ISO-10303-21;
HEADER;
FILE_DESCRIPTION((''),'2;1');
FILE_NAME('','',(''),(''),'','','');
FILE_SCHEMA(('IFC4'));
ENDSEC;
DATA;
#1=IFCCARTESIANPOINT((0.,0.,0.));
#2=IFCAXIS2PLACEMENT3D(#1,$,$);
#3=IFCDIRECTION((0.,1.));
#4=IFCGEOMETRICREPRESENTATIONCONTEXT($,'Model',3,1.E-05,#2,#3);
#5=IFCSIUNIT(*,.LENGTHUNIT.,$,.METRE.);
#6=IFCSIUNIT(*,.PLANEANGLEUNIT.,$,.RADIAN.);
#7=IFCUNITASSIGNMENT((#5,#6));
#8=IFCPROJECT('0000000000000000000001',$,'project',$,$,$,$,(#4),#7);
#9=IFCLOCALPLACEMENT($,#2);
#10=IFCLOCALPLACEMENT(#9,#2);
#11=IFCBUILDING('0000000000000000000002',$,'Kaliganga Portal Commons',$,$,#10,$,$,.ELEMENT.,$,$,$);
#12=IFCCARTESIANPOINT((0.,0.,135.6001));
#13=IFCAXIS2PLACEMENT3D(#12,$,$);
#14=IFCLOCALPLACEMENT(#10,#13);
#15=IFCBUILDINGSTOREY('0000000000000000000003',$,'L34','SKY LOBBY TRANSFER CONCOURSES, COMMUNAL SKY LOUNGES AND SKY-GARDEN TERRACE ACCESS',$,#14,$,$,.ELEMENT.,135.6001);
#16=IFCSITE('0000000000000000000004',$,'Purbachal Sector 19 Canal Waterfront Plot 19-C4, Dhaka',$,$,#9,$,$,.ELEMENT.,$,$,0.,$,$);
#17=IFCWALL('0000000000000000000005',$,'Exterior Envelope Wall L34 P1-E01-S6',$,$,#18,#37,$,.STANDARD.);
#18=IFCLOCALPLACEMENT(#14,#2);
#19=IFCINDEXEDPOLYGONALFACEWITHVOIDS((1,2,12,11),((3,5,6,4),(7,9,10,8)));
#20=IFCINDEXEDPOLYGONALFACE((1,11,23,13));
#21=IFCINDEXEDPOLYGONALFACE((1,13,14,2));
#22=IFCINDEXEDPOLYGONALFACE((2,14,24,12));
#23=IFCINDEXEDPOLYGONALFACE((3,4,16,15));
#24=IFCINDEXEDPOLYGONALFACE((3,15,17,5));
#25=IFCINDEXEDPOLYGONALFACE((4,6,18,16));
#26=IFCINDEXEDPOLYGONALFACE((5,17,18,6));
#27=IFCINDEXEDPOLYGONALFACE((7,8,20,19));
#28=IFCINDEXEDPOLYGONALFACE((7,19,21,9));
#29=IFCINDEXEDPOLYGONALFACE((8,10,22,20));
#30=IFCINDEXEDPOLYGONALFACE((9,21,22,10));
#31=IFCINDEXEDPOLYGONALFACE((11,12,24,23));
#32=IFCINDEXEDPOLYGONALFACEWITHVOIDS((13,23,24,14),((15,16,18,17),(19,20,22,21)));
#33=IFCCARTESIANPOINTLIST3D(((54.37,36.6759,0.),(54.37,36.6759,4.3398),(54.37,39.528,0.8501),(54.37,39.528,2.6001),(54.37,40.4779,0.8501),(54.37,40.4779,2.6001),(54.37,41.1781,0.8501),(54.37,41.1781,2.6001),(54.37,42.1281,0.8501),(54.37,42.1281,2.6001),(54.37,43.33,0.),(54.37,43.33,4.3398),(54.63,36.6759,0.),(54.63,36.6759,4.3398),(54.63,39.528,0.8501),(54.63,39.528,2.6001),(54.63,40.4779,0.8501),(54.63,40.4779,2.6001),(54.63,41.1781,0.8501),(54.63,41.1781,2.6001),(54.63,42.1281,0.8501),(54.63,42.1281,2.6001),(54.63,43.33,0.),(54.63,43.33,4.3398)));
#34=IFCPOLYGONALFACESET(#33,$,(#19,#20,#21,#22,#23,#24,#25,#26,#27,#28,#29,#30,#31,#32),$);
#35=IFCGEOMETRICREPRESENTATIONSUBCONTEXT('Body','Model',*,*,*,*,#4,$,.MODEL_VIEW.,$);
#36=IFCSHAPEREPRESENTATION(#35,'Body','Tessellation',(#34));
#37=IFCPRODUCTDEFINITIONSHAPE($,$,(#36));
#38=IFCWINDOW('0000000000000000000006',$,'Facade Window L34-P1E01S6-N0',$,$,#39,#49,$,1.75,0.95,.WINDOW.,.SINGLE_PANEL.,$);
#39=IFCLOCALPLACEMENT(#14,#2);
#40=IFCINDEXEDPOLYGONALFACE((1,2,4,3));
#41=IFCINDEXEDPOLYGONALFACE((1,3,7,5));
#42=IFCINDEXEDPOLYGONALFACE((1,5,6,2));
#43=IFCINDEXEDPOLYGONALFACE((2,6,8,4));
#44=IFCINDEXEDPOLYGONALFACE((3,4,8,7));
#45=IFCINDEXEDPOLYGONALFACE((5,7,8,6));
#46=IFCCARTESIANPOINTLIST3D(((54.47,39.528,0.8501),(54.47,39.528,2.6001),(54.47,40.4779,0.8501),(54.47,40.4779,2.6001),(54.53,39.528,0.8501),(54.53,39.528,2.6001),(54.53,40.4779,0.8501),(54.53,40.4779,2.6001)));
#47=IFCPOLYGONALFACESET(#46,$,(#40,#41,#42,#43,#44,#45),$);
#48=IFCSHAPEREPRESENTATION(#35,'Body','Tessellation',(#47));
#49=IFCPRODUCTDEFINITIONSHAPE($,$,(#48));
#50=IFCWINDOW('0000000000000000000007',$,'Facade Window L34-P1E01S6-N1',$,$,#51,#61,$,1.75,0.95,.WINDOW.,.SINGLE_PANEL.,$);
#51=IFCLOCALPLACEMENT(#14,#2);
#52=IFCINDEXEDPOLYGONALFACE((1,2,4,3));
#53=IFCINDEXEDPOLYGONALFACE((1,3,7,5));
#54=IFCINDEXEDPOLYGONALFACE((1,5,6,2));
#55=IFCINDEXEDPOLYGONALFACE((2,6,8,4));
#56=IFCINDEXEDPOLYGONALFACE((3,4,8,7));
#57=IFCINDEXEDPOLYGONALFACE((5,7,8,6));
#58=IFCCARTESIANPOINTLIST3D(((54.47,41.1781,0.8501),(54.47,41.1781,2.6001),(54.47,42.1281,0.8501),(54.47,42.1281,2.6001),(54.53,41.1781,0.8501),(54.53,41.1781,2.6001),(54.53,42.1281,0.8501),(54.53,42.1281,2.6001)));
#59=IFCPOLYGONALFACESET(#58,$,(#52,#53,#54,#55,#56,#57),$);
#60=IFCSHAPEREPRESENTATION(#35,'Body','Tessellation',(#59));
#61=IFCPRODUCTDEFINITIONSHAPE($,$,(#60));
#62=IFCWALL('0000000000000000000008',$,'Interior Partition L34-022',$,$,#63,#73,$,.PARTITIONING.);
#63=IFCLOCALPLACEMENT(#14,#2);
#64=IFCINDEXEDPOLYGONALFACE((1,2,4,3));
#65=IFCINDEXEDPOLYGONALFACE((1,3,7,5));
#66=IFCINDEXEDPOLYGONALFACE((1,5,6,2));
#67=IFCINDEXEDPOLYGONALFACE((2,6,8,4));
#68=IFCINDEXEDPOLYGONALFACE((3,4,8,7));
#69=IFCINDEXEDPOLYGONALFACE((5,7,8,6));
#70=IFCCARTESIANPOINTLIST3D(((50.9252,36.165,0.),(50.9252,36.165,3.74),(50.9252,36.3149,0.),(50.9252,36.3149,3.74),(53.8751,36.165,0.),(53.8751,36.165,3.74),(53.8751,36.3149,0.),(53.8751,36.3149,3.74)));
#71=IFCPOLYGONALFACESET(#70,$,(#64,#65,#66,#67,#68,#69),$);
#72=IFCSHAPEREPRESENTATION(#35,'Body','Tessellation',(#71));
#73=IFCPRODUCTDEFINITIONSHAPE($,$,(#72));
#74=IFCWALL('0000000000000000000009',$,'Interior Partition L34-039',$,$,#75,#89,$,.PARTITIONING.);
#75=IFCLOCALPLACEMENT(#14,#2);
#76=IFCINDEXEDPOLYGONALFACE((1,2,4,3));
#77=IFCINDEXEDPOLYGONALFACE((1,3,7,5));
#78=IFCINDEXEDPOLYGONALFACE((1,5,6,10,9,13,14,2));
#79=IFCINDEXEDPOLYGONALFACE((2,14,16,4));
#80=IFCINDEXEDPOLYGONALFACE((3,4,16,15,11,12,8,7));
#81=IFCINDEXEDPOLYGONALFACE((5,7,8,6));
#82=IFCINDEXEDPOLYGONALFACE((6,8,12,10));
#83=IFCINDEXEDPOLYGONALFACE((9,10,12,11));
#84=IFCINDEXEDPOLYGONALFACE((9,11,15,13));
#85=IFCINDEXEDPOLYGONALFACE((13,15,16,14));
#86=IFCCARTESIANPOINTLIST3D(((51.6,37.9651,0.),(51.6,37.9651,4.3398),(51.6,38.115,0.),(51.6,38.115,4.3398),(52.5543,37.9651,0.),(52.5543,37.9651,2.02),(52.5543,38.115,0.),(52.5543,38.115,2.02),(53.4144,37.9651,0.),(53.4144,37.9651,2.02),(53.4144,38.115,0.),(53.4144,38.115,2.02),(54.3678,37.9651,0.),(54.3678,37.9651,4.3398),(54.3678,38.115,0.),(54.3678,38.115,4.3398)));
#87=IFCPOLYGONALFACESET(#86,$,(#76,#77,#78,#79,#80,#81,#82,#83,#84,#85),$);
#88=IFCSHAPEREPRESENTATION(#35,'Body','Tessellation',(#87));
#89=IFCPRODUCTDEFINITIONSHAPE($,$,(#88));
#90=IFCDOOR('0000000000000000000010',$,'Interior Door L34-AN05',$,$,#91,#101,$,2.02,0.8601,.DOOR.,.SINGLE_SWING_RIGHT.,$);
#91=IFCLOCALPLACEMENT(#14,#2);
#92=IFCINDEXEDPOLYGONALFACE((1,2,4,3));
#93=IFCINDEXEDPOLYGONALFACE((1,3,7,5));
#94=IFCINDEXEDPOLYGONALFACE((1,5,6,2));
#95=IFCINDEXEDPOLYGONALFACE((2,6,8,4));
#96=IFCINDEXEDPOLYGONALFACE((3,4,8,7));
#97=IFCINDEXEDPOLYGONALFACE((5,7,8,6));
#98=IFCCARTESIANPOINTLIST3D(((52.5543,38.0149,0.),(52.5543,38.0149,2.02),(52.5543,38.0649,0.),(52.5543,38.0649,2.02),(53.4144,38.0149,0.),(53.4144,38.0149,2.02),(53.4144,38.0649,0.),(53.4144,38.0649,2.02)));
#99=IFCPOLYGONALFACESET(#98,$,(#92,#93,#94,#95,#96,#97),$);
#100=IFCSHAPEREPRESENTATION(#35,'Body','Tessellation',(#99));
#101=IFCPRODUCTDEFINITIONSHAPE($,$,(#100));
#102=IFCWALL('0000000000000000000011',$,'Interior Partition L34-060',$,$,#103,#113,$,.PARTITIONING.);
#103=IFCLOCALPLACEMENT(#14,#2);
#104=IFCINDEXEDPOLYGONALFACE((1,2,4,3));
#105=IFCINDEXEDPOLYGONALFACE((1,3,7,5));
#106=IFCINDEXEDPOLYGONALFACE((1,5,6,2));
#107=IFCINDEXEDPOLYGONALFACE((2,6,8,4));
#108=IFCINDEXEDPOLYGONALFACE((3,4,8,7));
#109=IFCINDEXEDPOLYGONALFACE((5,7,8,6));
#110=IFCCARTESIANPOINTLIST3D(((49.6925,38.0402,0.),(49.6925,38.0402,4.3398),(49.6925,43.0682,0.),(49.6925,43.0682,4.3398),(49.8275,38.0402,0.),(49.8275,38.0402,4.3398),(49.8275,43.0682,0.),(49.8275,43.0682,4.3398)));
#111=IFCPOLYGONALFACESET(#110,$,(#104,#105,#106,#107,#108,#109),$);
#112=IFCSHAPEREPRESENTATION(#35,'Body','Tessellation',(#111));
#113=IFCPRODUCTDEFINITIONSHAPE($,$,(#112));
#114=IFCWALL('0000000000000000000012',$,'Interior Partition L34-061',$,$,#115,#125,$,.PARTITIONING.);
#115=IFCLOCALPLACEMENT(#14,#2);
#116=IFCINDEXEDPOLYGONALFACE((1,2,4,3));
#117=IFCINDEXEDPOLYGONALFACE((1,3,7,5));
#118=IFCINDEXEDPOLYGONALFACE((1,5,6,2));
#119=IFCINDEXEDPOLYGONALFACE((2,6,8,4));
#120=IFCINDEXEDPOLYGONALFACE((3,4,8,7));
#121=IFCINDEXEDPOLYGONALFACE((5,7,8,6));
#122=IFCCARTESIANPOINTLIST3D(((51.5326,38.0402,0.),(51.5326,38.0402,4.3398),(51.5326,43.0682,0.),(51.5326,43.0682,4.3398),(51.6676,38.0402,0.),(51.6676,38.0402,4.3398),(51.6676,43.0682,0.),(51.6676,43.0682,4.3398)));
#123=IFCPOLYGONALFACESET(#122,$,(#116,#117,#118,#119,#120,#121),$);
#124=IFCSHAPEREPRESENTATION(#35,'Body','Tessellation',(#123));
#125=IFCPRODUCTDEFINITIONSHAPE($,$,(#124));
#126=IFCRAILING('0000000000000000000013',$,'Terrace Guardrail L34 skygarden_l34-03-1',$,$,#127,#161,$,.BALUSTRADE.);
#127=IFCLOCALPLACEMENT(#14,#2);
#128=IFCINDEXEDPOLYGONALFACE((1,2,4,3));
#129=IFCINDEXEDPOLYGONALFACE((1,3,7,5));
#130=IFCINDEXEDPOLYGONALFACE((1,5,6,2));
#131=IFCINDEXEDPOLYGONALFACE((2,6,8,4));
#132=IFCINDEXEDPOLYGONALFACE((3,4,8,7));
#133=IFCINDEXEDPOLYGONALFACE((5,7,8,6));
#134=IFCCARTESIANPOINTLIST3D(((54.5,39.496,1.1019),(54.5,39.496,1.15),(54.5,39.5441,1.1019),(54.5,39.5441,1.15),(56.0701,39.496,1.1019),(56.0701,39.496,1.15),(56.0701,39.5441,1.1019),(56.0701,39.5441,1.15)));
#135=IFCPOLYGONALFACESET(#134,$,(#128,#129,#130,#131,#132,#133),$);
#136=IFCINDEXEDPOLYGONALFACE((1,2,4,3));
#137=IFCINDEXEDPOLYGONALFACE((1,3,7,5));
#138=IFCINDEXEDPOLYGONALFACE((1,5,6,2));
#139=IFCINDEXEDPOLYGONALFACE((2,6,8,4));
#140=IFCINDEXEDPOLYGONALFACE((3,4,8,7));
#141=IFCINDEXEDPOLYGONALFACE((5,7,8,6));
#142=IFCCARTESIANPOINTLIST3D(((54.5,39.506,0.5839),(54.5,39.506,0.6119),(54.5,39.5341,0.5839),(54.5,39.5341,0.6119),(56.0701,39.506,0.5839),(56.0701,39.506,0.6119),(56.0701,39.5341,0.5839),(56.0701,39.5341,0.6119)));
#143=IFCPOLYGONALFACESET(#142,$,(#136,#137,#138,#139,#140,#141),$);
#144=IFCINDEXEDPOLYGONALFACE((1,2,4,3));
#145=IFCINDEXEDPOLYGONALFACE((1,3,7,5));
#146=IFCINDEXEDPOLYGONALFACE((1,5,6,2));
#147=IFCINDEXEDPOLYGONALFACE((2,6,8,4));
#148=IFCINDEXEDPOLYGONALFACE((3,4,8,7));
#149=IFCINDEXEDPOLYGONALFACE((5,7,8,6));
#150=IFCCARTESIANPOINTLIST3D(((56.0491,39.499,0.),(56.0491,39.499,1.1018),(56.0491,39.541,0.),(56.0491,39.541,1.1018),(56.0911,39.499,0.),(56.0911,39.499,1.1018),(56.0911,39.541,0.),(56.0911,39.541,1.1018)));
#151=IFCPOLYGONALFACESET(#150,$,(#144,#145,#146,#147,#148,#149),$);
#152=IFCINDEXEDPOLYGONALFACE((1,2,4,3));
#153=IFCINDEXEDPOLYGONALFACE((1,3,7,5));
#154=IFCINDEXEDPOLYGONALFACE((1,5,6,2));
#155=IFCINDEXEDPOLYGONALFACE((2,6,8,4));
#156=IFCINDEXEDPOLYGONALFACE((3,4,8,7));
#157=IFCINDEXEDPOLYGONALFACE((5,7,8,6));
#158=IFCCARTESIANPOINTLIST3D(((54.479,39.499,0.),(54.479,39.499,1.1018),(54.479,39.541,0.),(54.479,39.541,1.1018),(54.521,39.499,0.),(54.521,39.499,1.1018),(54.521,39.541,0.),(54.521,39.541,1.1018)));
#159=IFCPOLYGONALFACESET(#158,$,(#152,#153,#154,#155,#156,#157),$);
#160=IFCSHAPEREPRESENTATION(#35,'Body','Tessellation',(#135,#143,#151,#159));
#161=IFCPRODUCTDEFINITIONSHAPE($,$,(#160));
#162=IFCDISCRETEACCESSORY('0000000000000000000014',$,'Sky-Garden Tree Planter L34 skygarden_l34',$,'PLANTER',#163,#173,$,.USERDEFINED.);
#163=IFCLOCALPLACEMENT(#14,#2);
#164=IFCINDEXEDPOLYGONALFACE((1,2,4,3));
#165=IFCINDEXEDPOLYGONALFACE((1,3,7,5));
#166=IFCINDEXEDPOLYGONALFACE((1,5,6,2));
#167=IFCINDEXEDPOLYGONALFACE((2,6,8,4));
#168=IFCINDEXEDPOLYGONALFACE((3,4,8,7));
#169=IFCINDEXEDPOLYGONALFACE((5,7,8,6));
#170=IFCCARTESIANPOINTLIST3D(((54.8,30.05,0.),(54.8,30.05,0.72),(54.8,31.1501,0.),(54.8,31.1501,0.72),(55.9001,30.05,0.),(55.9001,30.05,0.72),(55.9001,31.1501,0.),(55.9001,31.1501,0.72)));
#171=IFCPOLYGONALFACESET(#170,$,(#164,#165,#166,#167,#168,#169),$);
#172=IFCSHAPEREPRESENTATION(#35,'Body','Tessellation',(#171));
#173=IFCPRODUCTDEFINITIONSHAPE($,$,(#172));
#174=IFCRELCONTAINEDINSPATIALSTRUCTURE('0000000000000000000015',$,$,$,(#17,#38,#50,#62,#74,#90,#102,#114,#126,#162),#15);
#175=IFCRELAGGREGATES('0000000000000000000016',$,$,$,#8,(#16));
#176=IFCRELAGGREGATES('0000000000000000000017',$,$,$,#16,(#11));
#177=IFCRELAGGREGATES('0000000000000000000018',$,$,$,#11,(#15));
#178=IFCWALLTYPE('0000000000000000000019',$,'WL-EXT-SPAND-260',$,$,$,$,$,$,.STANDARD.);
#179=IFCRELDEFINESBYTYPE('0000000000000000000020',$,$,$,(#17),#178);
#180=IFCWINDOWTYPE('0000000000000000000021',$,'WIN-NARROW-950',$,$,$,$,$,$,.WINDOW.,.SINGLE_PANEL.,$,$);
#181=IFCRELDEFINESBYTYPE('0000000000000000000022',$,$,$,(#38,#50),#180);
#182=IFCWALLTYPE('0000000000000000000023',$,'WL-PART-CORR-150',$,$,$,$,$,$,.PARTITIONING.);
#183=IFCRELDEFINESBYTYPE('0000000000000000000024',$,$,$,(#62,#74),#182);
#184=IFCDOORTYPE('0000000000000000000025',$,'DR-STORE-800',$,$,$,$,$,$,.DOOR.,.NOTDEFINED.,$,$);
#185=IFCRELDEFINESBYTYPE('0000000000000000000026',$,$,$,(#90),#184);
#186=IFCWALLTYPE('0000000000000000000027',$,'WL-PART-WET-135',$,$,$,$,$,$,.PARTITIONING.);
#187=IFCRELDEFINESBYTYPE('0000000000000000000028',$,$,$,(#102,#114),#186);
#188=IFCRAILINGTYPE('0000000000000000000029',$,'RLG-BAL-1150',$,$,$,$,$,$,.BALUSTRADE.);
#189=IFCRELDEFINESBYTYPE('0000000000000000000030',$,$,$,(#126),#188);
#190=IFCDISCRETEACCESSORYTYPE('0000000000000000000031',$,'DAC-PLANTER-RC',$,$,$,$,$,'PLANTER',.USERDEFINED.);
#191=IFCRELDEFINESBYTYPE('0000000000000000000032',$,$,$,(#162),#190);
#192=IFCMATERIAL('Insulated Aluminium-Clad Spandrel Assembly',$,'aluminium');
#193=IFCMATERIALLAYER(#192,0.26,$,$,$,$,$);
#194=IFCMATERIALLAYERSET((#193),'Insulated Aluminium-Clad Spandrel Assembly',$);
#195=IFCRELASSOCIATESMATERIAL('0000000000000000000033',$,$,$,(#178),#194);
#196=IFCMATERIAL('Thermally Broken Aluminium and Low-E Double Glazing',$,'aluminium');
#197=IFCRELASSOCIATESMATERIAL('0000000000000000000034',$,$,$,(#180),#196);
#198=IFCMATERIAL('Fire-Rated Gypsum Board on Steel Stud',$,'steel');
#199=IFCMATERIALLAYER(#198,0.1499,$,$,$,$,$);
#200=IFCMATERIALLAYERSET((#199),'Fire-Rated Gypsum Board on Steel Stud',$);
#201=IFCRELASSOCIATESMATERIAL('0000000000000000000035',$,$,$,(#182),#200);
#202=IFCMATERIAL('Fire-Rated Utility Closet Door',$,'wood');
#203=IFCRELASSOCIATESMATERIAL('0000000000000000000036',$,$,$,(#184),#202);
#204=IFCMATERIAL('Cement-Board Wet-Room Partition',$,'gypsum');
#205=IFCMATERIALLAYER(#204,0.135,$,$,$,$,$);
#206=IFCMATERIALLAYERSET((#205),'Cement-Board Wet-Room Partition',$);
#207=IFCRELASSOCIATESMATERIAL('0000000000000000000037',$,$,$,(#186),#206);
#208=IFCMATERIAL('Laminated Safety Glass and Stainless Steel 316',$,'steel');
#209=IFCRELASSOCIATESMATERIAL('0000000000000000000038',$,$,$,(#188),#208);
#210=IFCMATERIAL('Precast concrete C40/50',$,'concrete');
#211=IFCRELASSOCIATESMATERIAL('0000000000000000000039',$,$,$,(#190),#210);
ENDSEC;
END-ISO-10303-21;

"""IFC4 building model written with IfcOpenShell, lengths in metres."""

from ifc_helpers import new_model, si_unit, direction, frame, frame_2d, origin, origin_2d, place, context, subcontext, project, spatial, rectangle, extrude, source, transform, mapped, material, layer, layer_set, type_object, element, fill, save


model = new_model("IFC4")

# Units and contexts
model_context = context("Model", 3, precision=1e-05, world=origin(), true_north=direction((0.0, 1.0)))
body_context = subcontext(model_context, "Body", "Model", "MODEL_VIEW")
ifc_project = project(units=[si_unit("LENGTHUNIT", "METRE"), si_unit("PLANEANGLEUNIT", "RADIAN")], contexts=[model_context])

# Site, building, storey
site_placement = place(None, origin())
site = spatial("IfcSite", under=ifc_project, at=site_placement, Name="Purbachal Sector 19 Canal Waterfront Plot 19-C4, Dhaka", CompositionType="ELEMENT", RefElevation=0.0)
building_placement = place(site_placement, origin())
building = spatial("IfcBuilding", under=site, at=building_placement, Name="Kaliganga Portal Commons", CompositionType="ELEMENT")
storey_placement = place(building_placement, frame((0.0, 0.0, 135.6001)))
storey = spatial("IfcBuildingStorey", under=building, at=storey_placement, Name="L34", Description="SKY LOBBY TRANSFER CONCOURSES, COMMUNAL SKY LOUNGES AND SKY-GARDEN TERRACE ACCESS", CompositionType="ELEMENT", Elevation=135.6001)

# Wall, openings, windows
ifc_material_1 = material(Name="Insulated Aluminium-Clad Spandrel Assembly", Category="aluminium")
ifc_layer_1 = layer(ifc_material_1, 0.26)
ifc_layer_set_1 = layer_set([ifc_layer_1], Name="Insulated Aluminium-Clad Spandrel Assembly")
wall_type_1 = type_object("IfcWallType", Name="WL-EXT-SPAND-260", PredefinedType="STANDARD", material=ifc_layer_set_1)
ifc_material_2 = material(Name="Thermally Broken Aluminium and Low-E Double Glazing", Category="aluminium")
window_type = type_object("IfcWindowType", Name="WIN-NARROW-950", PartitioningType="SINGLE_PANEL", PredefinedType="WINDOW", material=ifc_material_2)
wall_1_placement = place(storey_placement, frame((54.5, 43.3301, 0.0), z_axis=(0.0, 0.0, 1.0), x_axis=(0.0, -1.0, 0.0)))
wall_1 = element("IfcWall", 1, at=wall_1_placement, inside=storey, type_object=wall_type_1, Name="Exterior Envelope Wall L34 P1-E01-S6", PredefinedType="STANDARD", context=body_context, shape_type="SweptSolid", body=[
    extrude(rectangle(XDim=6.6541, YDim=0.26, at=frame_2d((3.3271, 0.0))), origin(), (0.0, 0.0, 1.0), 4.3398),
])
opening_1_placement = place(wall_1_placement, frame((2.8521, 0.0, 0.8501)))
opening_1 = element("IfcOpeningElement", 2, at=opening_1_placement, cuts=wall_1, PredefinedType="OPENING", context=body_context, shape_type="SweptSolid", body=[
    extrude(rectangle(XDim=0.95, YDim=1.75, at=frame_2d((0.4751, 0.875))), frame((0.0, 0.1401, 0.0), z_axis=(0.0, -1.0, 0.0), x_axis=(1.0, 0.0, 0.0)), (0.0, 0.0, 1.0), 0.28),
])
opening_2_placement = place(wall_1_placement, frame((1.2019, 0.0, 0.8501)))
opening_2 = element("IfcOpeningElement", 3, at=opening_2_placement, cuts=wall_1, PredefinedType="OPENING", context=body_context, shape_type="SweptSolid", body=[
    extrude(rectangle(XDim=0.95, YDim=1.75, at=frame_2d((0.4751, 0.875))), frame((0.0, 0.1401, 0.0), z_axis=(0.0, -1.0, 0.0), x_axis=(1.0, 0.0, 0.0)), (0.0, 0.0, 1.0), 0.28),
])
window_1_placement = place(opening_1_placement, origin())
window_1 = element("IfcWindow", 4, at=window_1_placement, inside=storey, type_object=window_type, Name="Facade Window L34-P1E01S6-N0", OverallHeight=1.75, OverallWidth=0.95, PartitioningType="SINGLE_PANEL", PredefinedType="WINDOW", context=body_context, shape_type="SweptSolid", body=[
    extrude(rectangle(XDim=0.95, YDim=1.75, at=frame_2d((0.4751, 0.875))), frame((0.0, 0.03, 0.0), z_axis=(0.0, -1.0, 0.0), x_axis=(1.0, 0.0, 0.0)), (0.0, 0.0, 1.0), 0.0601),
])
fill(opening_1, window_1)
window_2_placement = place(opening_2_placement, origin())
window_2 = element("IfcWindow", 5, at=window_2_placement, inside=storey, type_object=window_type, Name="Facade Window L34-P1E01S6-N1", OverallHeight=1.75, OverallWidth=0.95, PartitioningType="SINGLE_PANEL", PredefinedType="WINDOW", context=body_context, shape_type="SweptSolid", body=[
    extrude(rectangle(XDim=0.95, YDim=1.75, at=frame_2d((0.4751, 0.875))), frame((0.0, 0.03, 0.0), z_axis=(0.0, -1.0, 0.0), x_axis=(1.0, 0.0, 0.0)), (0.0, 0.0, 1.0), 0.0601),
])
fill(opening_2, window_2)

# Shared definitions
ifc_material_3 = material(Name="Fire-Rated Gypsum Board on Steel Stud", Category="steel")
ifc_layer_2 = layer(ifc_material_3, 0.1499)
ifc_layer_set_2 = layer_set([ifc_layer_2], Name="Fire-Rated Gypsum Board on Steel Stud")
wall_type_2 = type_object("IfcWallType", Name="WL-PART-CORR-150", PredefinedType="PARTITIONING", material=ifc_layer_set_2)

# Wall
wall_2_placement = place(storey_placement, frame((50.925, 36.24, 0.0), z_axis=(0.0, 0.0, 1.0), x_axis=(1.0, 0.0, 0.0)))
element("IfcWall", 6, at=wall_2_placement, inside=storey, type_object=wall_type_2, Name="Interior Partition L34-022", PredefinedType="PARTITIONING", context=body_context, shape_type="SweptSolid", body=[
    extrude(rectangle(XDim=2.95, YDim=0.1499, at=frame_2d((1.4751, 0.0))), origin(), (0.0, 0.0, 1.0), 3.74),
])

# Wall, opening, door
wall_3_placement = place(storey_placement, frame((51.6001, 38.04, 0.0), z_axis=(0.0, 0.0, 1.0), x_axis=(1.0, 0.0, 0.0)))
wall_3 = element("IfcWall", 7, at=wall_3_placement, inside=storey, type_object=wall_type_2, Name="Interior Partition L34-039", PredefinedType="PARTITIONING", context=body_context, shape_type="SweptSolid", body=[
    extrude(rectangle(XDim=2.7678, YDim=0.1499, at=frame_2d((1.3838, 0.0))), origin(), (0.0, 0.0, 1.0), 4.3398),
])
opening_3_placement = place(wall_3_placement, frame((0.9541, 0.0, 0.0)))
opening_3 = element("IfcOpeningElement", 8, at=opening_3_placement, cuts=wall_3, PredefinedType="OPENING", context=body_context, shape_type="SweptSolid", body=[
    extrude(rectangle(XDim=0.8601, YDim=2.02, at=frame_2d((0.4302, 1.01))), frame((0.0, 0.085, 0.0), z_axis=(0.0, -1.0, 0.0), x_axis=(1.0, 0.0, 0.0)), (0.0, 0.0, 1.0), 0.1699),
])
ifc_material_4 = material(Name="Fire-Rated Utility Closet Door", Category="wood")
door_type_1 = type_object("IfcDoorType", Name="DR-STORE-800", OperationType="NOTDEFINED", PredefinedType="DOOR", material=ifc_material_4)
door_1_placement = place(opening_3_placement, origin())
door_1 = element("IfcDoor", 9, at=door_1_placement, inside=storey, type_object=door_type_1, Name="Interior Door L34-AN05", OperationType="SINGLE_SWING_RIGHT", OverallHeight=2.02, OverallWidth=0.8601, PredefinedType="DOOR", context=body_context, shape_type="SweptSolid", body=[
    extrude(rectangle(XDim=0.8601, YDim=2.02, at=frame_2d((0.4302, 1.01))), frame((0.0, 0.0249, 0.0), z_axis=(0.0, -1.0, 0.0), x_axis=(1.0, 0.0, 0.0)), (0.0, 0.0, 1.0), 0.05),
])
fill(opening_3, door_1)

# Walls
ifc_material_5 = material(Name="Cement-Board Wet-Room Partition", Category="gypsum")
ifc_layer_3 = layer(ifc_material_5, 0.135)
ifc_layer_set_3 = layer_set([ifc_layer_3], Name="Cement-Board Wet-Room Partition")
wall_type_3 = type_object("IfcWallType", Name="WL-PART-WET-135", PredefinedType="PARTITIONING", material=ifc_layer_set_3)
for number, where, z_axis, x_axis, name in (
    (10, (49.76, 38.04, 0.0), (0.0, 0.0, 1.0), (0.0, 1.0, 0.0), "Interior Partition L34-060"),
    (11, (51.6001, 38.04, 0.0), (0.0, 0.0, 1.0), (0.0, 1.0, 0.0), "Interior Partition L34-061"),
):
    element("IfcWall", number, at=place(storey_placement, frame(where, z_axis=z_axis, x_axis=x_axis)), inside=storey, type_object=wall_type_3, Name=name, PredefinedType="PARTITIONING", context=body_context, shape_type="SweptSolid", body=[
        extrude(rectangle(XDim=5.0281, YDim=0.135, at=frame_2d((2.5142, 0.0))), origin(), (0.0, 0.0, 1.0), 4.3398),
    ])

# Railing
ifc_material_6 = material(Name="Laminated Safety Glass and Stainless Steel 316", Category="steel")
railing_type = type_object("IfcRailingType", Name="RLG-BAL-1150", PredefinedType="BALUSTRADE", material=ifc_material_6)
railing_1_placement = place(storey_placement, frame((56.0701, 39.52, 0.0)))
element("IfcRailing", 12, at=railing_1_placement, inside=storey, type_object=railing_type, Name="Terrace Guardrail L34 skygarden_l34-03-1", PredefinedType="BALUSTRADE", context=body_context, shape_type="SweptSolid", body=[
    extrude(rectangle(XDim=0.0481, YDim=0.0481, at=origin_2d()), frame((0.0, 0.0, 1.126), z_axis=(-1.0, 0.0, 0.0), x_axis=(0.0, -1.0, 0.0)), (0.0, 0.0, 1.0), 1.5701),
    extrude(rectangle(XDim=0.0281, YDim=0.0281, at=origin_2d()), frame((0.0, 0.0, 0.5979), z_axis=(-1.0, 0.0, 0.0), x_axis=(0.0, -1.0, 0.0)), (0.0, 0.0, 1.0), 1.5701),
    extrude(rectangle(XDim=0.042, YDim=0.042, at=origin_2d()), origin(), (0.0, 0.0, 1.0), 1.1018),
    extrude(rectangle(XDim=0.042, YDim=0.042, at=origin_2d()), frame((-1.5701, 0.0, 0.0)), (0.0, 0.0, 1.0), 1.1018),
])

# Discrete accessory
ifc_material_7 = material(Name="Precast concrete C40/50", Category="concrete")
discrete_accessory_type = type_object("IfcDiscreteAccessoryType", Name="DAC-PLANTER-RC", ElementType="PLANTER", PredefinedType="USERDEFINED", material=ifc_material_7)
shared_shape_1 = source(origin(), body_context, "Body", "SweptSolid", [
    extrude(rectangle(XDim=1.1001, YDim=1.1001, at=origin_2d()), origin(), (0.0, 0.0, 1.0), 0.72),
])
discrete_accessory_placement = place(storey_placement, frame((55.3501, 30.6001, 0.0), z_axis=(0.0, 0.0, 1.0), x_axis=(1.0, 0.0, 0.0)))
element("IfcDiscreteAccessory", 13, at=discrete_accessory_placement, inside=storey, type_object=discrete_accessory_type, Name="Sky-Garden Tree Planter L34 skygarden_l34", ObjectType="PLANTER", PredefinedType="USERDEFINED", context=body_context, shape_type="MappedRepresentation", body=[
    mapped(shared_shape_1, transform((0.0, 0.0, 0.0), x_axis=(1.0, 0.0, 0.0), y_axis=(0.0, 1.0, 0.0), z_axis=(0.0, 0.0, 1.0), scale=1.0)),
])

save(model, "model.ifc")
